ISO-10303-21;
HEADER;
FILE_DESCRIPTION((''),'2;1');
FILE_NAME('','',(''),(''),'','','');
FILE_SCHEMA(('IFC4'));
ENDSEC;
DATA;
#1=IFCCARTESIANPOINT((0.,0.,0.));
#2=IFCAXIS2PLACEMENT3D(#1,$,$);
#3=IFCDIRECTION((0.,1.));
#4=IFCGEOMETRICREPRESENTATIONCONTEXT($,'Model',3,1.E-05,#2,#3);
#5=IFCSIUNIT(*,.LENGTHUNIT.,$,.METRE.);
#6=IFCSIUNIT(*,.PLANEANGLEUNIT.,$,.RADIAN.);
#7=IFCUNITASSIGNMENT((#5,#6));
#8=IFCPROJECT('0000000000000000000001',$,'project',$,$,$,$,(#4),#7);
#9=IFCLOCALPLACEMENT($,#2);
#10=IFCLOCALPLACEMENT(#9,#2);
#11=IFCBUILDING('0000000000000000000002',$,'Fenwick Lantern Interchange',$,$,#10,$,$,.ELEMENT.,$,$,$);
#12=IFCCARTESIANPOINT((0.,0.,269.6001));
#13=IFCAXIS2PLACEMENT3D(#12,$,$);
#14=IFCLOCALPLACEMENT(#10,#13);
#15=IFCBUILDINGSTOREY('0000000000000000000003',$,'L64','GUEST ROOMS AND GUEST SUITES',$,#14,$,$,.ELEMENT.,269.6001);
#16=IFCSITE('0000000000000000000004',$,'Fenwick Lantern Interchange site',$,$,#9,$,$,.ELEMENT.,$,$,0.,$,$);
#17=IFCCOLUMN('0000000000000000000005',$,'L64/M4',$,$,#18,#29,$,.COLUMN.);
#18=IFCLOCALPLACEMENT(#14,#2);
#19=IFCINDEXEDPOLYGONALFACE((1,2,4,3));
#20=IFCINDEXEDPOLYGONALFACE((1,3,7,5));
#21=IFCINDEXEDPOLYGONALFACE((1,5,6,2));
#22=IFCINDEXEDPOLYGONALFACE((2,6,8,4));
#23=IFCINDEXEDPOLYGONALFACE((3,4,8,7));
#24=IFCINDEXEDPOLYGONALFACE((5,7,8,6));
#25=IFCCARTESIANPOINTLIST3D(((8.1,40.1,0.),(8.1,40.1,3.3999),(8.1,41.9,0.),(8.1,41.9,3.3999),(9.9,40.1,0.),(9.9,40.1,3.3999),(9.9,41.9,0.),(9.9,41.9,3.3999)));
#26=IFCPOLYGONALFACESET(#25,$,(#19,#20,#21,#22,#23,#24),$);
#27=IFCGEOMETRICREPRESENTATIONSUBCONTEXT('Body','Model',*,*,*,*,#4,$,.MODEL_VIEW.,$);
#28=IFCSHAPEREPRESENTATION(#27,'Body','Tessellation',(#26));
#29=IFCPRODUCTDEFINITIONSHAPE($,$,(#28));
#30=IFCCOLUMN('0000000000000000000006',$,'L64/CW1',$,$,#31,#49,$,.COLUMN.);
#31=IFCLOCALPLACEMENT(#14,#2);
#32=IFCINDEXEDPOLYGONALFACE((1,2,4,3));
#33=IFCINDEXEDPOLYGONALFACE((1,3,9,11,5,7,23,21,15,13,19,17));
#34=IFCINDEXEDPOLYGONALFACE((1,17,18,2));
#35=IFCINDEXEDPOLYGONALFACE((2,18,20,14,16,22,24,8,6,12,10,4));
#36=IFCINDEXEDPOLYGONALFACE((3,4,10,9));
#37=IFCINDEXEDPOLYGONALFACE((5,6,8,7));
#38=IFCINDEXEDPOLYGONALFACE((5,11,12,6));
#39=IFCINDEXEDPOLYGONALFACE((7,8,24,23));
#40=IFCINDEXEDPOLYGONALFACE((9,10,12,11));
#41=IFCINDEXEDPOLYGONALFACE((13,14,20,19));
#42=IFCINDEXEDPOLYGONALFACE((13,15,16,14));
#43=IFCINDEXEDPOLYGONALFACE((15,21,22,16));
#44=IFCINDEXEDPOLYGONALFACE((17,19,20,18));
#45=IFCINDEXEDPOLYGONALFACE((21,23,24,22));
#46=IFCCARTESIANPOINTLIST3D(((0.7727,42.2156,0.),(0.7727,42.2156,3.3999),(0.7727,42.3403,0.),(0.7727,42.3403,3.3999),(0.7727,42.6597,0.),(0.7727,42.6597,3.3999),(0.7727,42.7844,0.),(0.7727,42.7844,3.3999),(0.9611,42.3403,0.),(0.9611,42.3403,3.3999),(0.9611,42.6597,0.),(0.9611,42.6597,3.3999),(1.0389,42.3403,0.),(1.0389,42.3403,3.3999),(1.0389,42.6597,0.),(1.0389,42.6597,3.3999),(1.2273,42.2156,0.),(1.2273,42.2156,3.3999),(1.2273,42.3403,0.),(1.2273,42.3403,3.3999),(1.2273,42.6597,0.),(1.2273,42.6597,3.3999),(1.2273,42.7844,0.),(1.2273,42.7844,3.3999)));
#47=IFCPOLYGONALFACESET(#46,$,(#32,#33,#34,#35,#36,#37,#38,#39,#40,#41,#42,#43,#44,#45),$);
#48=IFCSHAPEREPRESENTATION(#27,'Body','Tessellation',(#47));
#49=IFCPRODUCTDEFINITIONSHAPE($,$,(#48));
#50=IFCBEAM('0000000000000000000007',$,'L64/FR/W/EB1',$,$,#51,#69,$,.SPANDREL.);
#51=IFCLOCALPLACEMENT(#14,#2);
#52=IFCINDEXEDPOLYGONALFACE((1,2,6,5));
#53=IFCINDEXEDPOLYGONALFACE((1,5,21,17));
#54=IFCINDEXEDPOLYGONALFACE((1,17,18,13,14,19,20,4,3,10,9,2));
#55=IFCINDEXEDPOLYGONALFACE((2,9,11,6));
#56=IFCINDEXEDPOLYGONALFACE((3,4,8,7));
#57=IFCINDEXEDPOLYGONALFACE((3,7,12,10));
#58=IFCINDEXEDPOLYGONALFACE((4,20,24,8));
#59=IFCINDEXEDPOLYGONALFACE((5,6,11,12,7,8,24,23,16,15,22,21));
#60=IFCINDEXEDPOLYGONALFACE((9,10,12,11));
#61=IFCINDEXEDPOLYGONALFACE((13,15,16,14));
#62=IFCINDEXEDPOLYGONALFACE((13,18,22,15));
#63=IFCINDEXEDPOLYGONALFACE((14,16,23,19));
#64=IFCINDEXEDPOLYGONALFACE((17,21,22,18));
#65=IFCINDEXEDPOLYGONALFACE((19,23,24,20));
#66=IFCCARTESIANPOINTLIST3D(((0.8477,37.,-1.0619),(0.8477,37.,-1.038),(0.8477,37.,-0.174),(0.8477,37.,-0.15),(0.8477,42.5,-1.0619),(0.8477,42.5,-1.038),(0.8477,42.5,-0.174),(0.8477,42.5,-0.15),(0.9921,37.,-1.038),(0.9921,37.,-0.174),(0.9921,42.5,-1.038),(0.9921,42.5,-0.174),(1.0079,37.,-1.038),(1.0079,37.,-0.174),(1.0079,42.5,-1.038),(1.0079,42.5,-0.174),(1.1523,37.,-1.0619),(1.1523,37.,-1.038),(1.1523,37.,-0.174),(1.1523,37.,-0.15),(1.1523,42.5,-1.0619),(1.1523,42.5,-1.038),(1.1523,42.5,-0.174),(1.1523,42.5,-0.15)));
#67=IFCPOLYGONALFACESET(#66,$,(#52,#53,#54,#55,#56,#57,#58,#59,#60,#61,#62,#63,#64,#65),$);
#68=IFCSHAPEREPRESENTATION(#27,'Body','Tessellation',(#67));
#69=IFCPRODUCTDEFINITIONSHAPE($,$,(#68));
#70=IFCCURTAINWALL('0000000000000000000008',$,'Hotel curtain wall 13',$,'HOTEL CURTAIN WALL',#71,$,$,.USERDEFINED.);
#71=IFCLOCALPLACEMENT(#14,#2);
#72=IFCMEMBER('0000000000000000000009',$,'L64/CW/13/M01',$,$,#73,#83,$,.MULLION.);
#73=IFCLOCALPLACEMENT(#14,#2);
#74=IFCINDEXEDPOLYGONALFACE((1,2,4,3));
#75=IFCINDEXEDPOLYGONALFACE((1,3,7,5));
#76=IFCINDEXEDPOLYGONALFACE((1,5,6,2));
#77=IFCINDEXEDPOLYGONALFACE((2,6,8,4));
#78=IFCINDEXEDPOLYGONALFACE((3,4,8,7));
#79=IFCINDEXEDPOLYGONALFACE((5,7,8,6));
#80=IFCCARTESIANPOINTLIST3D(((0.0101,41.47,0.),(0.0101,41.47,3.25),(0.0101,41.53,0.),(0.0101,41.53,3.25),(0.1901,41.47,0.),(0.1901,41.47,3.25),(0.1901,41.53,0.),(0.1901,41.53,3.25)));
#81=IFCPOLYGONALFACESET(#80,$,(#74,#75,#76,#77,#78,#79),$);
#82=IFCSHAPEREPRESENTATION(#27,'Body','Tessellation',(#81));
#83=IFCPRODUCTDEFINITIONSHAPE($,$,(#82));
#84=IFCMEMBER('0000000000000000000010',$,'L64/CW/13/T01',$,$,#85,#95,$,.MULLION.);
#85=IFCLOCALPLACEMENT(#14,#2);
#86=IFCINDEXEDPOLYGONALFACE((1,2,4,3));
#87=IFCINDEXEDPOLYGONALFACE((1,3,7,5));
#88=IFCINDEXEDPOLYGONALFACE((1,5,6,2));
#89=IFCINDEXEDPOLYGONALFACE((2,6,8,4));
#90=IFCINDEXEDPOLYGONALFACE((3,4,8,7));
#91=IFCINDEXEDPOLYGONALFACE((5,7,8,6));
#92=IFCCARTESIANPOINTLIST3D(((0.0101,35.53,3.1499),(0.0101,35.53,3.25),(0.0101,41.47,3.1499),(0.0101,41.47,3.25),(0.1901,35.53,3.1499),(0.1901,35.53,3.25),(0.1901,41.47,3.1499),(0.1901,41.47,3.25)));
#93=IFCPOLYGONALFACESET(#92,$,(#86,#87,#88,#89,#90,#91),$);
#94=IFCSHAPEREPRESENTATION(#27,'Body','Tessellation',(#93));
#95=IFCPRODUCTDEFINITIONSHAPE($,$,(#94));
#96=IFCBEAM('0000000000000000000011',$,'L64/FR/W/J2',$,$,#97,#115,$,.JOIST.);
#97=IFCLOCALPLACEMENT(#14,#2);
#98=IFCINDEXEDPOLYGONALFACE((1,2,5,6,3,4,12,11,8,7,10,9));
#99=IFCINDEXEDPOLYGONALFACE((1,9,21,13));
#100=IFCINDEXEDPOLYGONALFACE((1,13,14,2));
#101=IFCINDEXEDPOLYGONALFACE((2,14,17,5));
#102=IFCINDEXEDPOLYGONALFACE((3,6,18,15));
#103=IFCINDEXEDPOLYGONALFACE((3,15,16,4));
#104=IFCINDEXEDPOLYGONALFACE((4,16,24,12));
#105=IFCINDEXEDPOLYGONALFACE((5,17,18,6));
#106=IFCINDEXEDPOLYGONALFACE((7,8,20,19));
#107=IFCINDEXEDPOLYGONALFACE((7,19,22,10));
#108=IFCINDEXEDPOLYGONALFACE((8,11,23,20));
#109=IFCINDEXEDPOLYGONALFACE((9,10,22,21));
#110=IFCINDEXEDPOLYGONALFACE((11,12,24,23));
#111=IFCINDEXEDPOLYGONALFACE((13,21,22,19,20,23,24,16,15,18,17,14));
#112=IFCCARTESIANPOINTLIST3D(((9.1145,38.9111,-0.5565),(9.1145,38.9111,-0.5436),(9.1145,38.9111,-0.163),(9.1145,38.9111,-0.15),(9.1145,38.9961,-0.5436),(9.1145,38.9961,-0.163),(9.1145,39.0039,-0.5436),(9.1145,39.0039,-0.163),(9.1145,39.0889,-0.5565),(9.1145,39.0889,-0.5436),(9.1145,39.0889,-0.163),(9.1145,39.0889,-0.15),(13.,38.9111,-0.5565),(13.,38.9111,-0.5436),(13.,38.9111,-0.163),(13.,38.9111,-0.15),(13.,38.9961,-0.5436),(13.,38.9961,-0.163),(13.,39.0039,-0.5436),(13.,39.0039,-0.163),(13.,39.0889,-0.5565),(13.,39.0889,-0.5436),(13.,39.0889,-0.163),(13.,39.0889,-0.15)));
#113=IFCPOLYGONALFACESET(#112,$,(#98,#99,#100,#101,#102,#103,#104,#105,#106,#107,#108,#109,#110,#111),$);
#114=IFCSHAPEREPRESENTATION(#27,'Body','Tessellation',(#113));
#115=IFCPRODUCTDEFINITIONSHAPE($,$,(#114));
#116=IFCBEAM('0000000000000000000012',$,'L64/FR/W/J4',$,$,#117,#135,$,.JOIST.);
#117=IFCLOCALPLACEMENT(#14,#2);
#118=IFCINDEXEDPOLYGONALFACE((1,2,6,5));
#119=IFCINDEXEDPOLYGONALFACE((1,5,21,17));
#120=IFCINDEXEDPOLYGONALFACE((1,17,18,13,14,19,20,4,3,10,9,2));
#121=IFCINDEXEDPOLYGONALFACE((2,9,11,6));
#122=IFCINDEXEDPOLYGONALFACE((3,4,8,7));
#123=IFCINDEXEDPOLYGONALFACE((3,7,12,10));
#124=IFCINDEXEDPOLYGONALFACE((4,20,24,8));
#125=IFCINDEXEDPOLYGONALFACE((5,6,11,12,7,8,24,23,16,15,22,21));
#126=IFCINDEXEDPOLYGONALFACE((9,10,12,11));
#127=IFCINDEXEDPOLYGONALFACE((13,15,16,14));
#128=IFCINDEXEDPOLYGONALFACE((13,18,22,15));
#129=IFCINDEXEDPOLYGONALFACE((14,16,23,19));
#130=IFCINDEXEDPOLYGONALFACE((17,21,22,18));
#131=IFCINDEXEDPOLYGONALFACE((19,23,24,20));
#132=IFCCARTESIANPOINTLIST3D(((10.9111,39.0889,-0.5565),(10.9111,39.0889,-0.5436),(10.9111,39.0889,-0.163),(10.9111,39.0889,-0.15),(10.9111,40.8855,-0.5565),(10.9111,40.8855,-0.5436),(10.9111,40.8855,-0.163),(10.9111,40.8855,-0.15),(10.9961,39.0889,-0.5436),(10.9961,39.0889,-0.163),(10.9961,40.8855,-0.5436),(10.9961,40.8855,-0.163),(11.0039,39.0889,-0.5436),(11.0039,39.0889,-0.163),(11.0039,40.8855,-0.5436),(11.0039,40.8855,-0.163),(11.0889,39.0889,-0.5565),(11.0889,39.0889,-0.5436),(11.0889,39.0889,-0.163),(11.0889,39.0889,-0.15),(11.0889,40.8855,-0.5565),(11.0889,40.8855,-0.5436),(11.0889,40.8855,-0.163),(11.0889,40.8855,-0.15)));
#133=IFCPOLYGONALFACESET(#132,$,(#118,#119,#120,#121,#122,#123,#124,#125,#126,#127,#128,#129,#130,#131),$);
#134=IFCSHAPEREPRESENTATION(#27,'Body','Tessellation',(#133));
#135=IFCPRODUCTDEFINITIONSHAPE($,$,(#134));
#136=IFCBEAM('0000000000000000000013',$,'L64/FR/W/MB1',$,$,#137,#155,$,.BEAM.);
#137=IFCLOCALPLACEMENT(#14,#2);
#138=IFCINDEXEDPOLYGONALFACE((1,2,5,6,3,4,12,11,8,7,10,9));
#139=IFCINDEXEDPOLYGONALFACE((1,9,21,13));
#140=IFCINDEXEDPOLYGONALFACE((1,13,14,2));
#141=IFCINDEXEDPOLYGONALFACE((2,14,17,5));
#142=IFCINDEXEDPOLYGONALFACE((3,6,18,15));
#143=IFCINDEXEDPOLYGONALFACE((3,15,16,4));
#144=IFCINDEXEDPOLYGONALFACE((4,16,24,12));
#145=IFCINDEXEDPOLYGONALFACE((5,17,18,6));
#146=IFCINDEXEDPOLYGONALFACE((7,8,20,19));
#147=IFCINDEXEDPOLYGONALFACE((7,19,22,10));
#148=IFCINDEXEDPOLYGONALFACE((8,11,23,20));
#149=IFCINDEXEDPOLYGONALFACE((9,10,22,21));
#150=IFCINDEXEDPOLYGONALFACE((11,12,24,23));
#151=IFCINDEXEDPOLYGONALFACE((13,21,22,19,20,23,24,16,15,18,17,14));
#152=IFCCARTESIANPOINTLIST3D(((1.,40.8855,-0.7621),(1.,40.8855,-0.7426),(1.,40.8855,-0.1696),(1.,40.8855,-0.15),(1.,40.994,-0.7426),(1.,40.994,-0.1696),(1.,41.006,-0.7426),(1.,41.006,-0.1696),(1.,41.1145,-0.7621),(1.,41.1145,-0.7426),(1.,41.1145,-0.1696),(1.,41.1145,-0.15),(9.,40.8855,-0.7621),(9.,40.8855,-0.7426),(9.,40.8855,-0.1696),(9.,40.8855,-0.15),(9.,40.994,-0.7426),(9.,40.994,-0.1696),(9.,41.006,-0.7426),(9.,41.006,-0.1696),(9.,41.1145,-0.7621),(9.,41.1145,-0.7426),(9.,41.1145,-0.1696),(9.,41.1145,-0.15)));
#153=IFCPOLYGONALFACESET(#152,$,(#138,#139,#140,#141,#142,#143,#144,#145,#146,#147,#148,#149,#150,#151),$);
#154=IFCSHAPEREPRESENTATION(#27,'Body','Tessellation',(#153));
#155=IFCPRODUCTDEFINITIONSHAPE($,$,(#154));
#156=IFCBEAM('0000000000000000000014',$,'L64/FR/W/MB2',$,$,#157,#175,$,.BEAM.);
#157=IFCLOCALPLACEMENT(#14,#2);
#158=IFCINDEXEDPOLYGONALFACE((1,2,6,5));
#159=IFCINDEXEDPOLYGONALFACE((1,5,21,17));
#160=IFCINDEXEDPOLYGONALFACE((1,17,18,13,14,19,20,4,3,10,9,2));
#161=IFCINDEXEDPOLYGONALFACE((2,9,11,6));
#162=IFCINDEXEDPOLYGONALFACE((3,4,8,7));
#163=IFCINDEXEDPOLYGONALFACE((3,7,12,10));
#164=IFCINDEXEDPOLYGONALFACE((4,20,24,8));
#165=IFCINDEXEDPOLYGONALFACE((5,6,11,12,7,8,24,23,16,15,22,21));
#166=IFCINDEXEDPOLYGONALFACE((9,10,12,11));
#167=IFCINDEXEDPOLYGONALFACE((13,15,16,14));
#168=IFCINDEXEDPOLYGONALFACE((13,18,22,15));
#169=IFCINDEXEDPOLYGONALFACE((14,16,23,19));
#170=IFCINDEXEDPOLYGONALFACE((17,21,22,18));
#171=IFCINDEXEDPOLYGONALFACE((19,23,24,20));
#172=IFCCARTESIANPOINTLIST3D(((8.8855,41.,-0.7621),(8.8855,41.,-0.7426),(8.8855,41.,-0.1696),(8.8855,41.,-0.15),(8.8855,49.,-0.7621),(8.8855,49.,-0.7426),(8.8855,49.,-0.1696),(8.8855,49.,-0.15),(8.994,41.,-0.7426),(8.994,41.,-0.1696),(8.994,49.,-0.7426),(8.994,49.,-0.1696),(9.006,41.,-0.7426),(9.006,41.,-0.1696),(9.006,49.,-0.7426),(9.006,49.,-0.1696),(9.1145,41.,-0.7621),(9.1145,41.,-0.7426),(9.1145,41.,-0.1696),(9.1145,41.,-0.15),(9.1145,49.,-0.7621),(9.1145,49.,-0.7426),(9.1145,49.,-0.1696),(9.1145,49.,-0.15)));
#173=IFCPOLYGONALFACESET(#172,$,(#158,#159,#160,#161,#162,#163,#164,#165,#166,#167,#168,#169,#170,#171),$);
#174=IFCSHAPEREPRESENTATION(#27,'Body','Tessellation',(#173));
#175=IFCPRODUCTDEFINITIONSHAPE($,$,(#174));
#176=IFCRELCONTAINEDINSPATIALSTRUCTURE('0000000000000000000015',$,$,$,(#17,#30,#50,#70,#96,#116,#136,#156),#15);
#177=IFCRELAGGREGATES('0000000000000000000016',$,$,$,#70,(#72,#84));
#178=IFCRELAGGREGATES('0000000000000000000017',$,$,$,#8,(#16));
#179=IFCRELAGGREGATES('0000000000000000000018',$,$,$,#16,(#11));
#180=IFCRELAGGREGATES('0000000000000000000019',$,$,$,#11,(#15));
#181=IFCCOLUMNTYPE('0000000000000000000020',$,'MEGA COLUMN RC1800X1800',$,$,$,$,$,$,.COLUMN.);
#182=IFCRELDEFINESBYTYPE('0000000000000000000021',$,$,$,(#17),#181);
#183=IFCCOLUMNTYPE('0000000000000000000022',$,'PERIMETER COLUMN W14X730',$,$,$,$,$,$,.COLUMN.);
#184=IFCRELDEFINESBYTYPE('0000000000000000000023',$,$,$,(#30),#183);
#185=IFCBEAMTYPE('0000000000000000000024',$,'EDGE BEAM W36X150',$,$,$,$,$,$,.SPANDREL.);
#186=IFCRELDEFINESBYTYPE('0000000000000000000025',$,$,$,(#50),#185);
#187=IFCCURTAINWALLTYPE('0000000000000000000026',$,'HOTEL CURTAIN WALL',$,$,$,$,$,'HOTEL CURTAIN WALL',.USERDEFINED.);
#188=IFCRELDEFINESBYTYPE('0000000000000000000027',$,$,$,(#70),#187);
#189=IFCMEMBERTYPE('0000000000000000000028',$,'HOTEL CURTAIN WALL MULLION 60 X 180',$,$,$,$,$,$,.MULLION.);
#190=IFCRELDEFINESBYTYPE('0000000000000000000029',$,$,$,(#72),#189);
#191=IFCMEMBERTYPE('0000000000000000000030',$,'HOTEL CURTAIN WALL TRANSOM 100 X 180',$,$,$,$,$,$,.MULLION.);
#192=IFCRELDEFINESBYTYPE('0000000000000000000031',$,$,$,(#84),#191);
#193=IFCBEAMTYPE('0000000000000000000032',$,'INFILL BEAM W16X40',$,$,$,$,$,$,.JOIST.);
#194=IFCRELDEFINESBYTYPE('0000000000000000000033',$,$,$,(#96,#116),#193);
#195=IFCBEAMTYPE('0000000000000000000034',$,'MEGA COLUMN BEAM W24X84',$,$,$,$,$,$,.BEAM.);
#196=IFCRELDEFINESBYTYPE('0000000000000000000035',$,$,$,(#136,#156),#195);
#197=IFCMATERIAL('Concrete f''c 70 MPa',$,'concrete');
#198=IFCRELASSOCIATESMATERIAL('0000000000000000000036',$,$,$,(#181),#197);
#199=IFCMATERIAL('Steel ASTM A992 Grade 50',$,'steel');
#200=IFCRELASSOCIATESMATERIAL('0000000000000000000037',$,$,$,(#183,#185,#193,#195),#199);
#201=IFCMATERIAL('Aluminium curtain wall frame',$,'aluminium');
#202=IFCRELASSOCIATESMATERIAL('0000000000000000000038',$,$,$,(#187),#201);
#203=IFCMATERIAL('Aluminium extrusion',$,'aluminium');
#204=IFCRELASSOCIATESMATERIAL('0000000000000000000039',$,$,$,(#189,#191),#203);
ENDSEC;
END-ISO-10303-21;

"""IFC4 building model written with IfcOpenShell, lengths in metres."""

from ifc_helpers import new_model, si_unit, direction, frame, origin, origin_2d, place, context, subcontext, project, spatial, rectangle, i_section, extrude, material, material_profile, profile_set, type_object, element, aggregate, save


model = new_model("IFC4")

# Units and contexts
model_context = context("Model", 3, precision=1e-05, world=origin(), true_north=direction((0.0, 1.0)))
body_context = subcontext(model_context, "Body", "Model", "MODEL_VIEW")
ifc_project = project(units=[si_unit("LENGTHUNIT", "METRE"), si_unit("PLANEANGLEUNIT", "RADIAN")], contexts=[model_context])

# Site, building, storey
site_placement = place(None, origin())
site = spatial("IfcSite", under=ifc_project, at=site_placement, Name="Fenwick Lantern Interchange site", CompositionType="ELEMENT", RefElevation=0.0)
building_placement = place(site_placement, origin())
building = spatial("IfcBuilding", under=site, at=building_placement, Name="Fenwick Lantern Interchange", CompositionType="ELEMENT")
storey_placement = place(building_placement, frame((0.0, 0.0, 269.6001)))
storey = spatial("IfcBuildingStorey", under=building, at=storey_placement, Name="L64", Description="GUEST ROOMS AND GUEST SUITES", CompositionType="ELEMENT", Elevation=269.6001)

# Columns
ifc_material_1 = material(Name="Concrete f'c 70 MPa", Category="concrete")
ifc_material_profile_1 = material_profile(ifc_material_1, rectangle(XDim=1.8, YDim=1.8, at=origin_2d()), Name="RC1800X1800")
ifc_profile_set_1 = profile_set([ifc_material_profile_1], Name="Concrete f'c 70 MPa")
column_type_1 = type_object("IfcColumnType", Name="MEGA COLUMN RC1800X1800", PredefinedType="COLUMN", material=ifc_profile_set_1)
column_1_placement = place(storey_placement, frame((9.0, 41.0, 0.0), z_axis=(0.0, 0.0, 1.0), x_axis=(1.0, 0.0, 0.0)))
element("IfcColumn", 1, at=column_1_placement, inside=storey, type_object=column_type_1, Name="L64/M4", PredefinedType="COLUMN", context=body_context, shape_type="SweptSolid", body=[
    extrude(rectangle(XDim=1.8, YDim=1.8, at=origin_2d()), origin(), (0.0, 0.0, 1.0), 3.3999),
])
ifc_material_2 = material(Name="Steel ASTM A992 Grade 50", Category="steel")
ifc_material_profile_2 = material_profile(ifc_material_2, i_section(OverallWidth=0.4546, OverallDepth=0.5688, WebThickness=0.0779, FlangeThickness=0.1248, at=origin_2d()), Name="W14X730")
ifc_profile_set_2 = profile_set([ifc_material_profile_2], Name="Steel ASTM A992 Grade 50")
column_type_2 = type_object("IfcColumnType", Name="PERIMETER COLUMN W14X730", PredefinedType="COLUMN", material=ifc_profile_set_2)
column_2_placement = place(storey_placement, frame((1.0, 42.5, 0.0), z_axis=(0.0, 0.0, 1.0), x_axis=(1.0, 0.0, 0.0)))
element("IfcColumn", 2, at=column_2_placement, inside=storey, type_object=column_type_2, Name="L64/CW1", PredefinedType="COLUMN", context=body_context, shape_type="SweptSolid", body=[
    extrude(i_section(OverallWidth=0.4546, OverallDepth=0.5688, WebThickness=0.0779, FlangeThickness=0.1248, at=origin_2d()), origin(), (0.0, 0.0, 1.0), 3.3999),
])

# Beam
ifc_material_profile_3 = material_profile(ifc_material_2, i_section(OverallWidth=0.3047, OverallDepth=0.9119, WebThickness=0.0159, FlangeThickness=0.0239, at=origin_2d()), Name="W36X150")
ifc_profile_set_3 = profile_set([ifc_material_profile_3], Name="Steel ASTM A992 Grade 50")
beam_type_1 = type_object("IfcBeamType", Name="EDGE BEAM W36X150", PredefinedType="SPANDREL", material=ifc_profile_set_3)
beam_1_placement = place(storey_placement, frame((1.0, 42.5, -0.606), z_axis=(0.0, -1.0, 0.0), x_axis=(1.0, 0.0, 0.0)))
element("IfcBeam", 3, at=beam_1_placement, inside=storey, type_object=beam_type_1, Name="L64/FR/W/EB1", PredefinedType="SPANDREL", context=body_context, shape_type="SweptSolid", body=[
    extrude(i_section(OverallWidth=0.3047, OverallDepth=0.9119, WebThickness=0.0159, FlangeThickness=0.0239, at=origin_2d()), origin(), (0.0, 0.0, 1.0), 5.5),
])

# Curtain wall, members
ifc_material_3 = material(Name="Aluminium curtain wall frame", Category="aluminium")
curtain_wall_type = type_object("IfcCurtainWallType", Name="HOTEL CURTAIN WALL", ElementType="HOTEL CURTAIN WALL", PredefinedType="USERDEFINED", material=ifc_material_3)
curtain_wall_placement = place(storey_placement, origin())
curtain_wall = element("IfcCurtainWall", 4, at=curtain_wall_placement, inside=storey, type_object=curtain_wall_type, Name="Hotel curtain wall 13", ObjectType="HOTEL CURTAIN WALL", PredefinedType="USERDEFINED")
ifc_material_4 = material(Name="Aluminium extrusion", Category="aluminium")
ifc_material_profile_4 = material_profile(ifc_material_4, rectangle(XDim=0.1799, YDim=0.0601, at=origin_2d()), Name="HOTEL CURTAIN WALL MULLION 60 X 180")
ifc_profile_set_4 = profile_set([ifc_material_profile_4], Name="Aluminium extrusion")
member_type_1 = type_object("IfcMemberType", Name="HOTEL CURTAIN WALL MULLION 60 X 180", PredefinedType="MULLION", material=ifc_profile_set_4)
member_1_placement = place(storey_placement, frame((0.1001, 41.5, 0.0), z_axis=(0.0, 0.0, 1.0), x_axis=(1.0, 0.0, 0.0)))
member_1 = element("IfcMember", 5, at=member_1_placement, type_object=member_type_1, Name="L64/CW/13/M01", PredefinedType="MULLION", context=body_context, shape_type="SweptSolid", body=[
    extrude(rectangle(XDim=0.1799, YDim=0.0601, at=origin_2d()), origin(), (0.0, 0.0, 1.0), 3.25),
])
ifc_material_profile_5 = material_profile(ifc_material_4, rectangle(XDim=0.1799, YDim=0.1001, at=origin_2d()), Name="HOTEL CURTAIN WALL TRANSOM 100 X 180")
ifc_profile_set_5 = profile_set([ifc_material_profile_5], Name="Aluminium extrusion")
member_type_2 = type_object("IfcMemberType", Name="HOTEL CURTAIN WALL TRANSOM 100 X 180", PredefinedType="MULLION", material=ifc_profile_set_5)
member_2_placement = place(storey_placement, frame((0.1001, 41.47, 3.2), z_axis=(0.0, -1.0, 0.0), x_axis=(1.0, 0.0, 0.0)))
member_2 = element("IfcMember", 6, at=member_2_placement, type_object=member_type_2, Name="L64/CW/13/T01", PredefinedType="MULLION", context=body_context, shape_type="SweptSolid", body=[
    extrude(rectangle(XDim=0.1799, YDim=0.1001, at=origin_2d()), origin(), (0.0, 0.0, 1.0), 5.9399),
])

# Beams
ifc_material_profile_6 = material_profile(ifc_material_2, i_section(OverallWidth=0.1777, OverallDepth=0.4065, WebThickness=0.0078, FlangeThickness=0.0129, at=origin_2d()), Name="W16X40")
ifc_profile_set_6 = profile_set([ifc_material_profile_6], Name="Steel ASTM A992 Grade 50")
beam_type_2 = type_object("IfcBeamType", Name="INFILL BEAM W16X40", PredefinedType="JOIST", material=ifc_profile_set_6)
beam_2_placement = place(storey_placement, frame((9.1145, 39.0, -0.3533), z_axis=(1.0, 0.0, 0.0), x_axis=(0.0, 1.0, 0.0)))
element("IfcBeam", 7, at=beam_2_placement, inside=storey, type_object=beam_type_2, Name="L64/FR/W/J2", PredefinedType="JOIST", context=body_context, shape_type="SweptSolid", body=[
    extrude(i_section(OverallWidth=0.1777, OverallDepth=0.4065, WebThickness=0.0078, FlangeThickness=0.0129, at=origin_2d()), origin(), (0.0, 0.0, 1.0), 3.8855),
])
beam_3_placement = place(storey_placement, frame((11.0, 40.8855, -0.3533), z_axis=(0.0, -1.0, 0.0), x_axis=(1.0, 0.0, 0.0)))
element("IfcBeam", 8, at=beam_3_placement, inside=storey, type_object=beam_type_2, Name="L64/FR/W/J4", PredefinedType="JOIST", context=body_context, shape_type="SweptSolid", body=[
    extrude(i_section(OverallWidth=0.1777, OverallDepth=0.4065, WebThickness=0.0078, FlangeThickness=0.0129, at=origin_2d()), origin(), (0.0, 0.0, 1.0), 1.7966),
])
ifc_material_profile_7 = material_profile(ifc_material_2, i_section(OverallWidth=0.229, OverallDepth=0.6121, WebThickness=0.012, FlangeThickness=0.0195, at=origin_2d()), Name="W24X84")
ifc_profile_set_7 = profile_set([ifc_material_profile_7], Name="Steel ASTM A992 Grade 50")
beam_type_3 = type_object("IfcBeamType", Name="MEGA COLUMN BEAM W24X84", PredefinedType="BEAM", material=ifc_profile_set_7)
for number, where, z_axis, x_axis, name in (
    (9, (9.0, 41.0, -0.4561), (-1.0, 0.0, 0.0), (0.0, -1.0, 0.0), "L64/FR/W/MB1"),
    (10, (9.0, 41.0, -0.4561), (0.0, 1.0, 0.0), (-1.0, 0.0, 0.0), "L64/FR/W/MB2"),
):
    element("IfcBeam", number, at=place(storey_placement, frame(where, z_axis=z_axis, x_axis=x_axis)), inside=storey, type_object=beam_type_3, Name=name, PredefinedType="BEAM", context=body_context, shape_type="SweptSolid", body=[
        extrude(i_section(OverallWidth=0.229, OverallDepth=0.6121, WebThickness=0.012, FlangeThickness=0.0195, at=origin_2d()), origin(), (0.0, 0.0, 1.0), 8.0),
    ])

aggregate(curtain_wall, [member_1, member_2])

save(model, "model.ifc")
